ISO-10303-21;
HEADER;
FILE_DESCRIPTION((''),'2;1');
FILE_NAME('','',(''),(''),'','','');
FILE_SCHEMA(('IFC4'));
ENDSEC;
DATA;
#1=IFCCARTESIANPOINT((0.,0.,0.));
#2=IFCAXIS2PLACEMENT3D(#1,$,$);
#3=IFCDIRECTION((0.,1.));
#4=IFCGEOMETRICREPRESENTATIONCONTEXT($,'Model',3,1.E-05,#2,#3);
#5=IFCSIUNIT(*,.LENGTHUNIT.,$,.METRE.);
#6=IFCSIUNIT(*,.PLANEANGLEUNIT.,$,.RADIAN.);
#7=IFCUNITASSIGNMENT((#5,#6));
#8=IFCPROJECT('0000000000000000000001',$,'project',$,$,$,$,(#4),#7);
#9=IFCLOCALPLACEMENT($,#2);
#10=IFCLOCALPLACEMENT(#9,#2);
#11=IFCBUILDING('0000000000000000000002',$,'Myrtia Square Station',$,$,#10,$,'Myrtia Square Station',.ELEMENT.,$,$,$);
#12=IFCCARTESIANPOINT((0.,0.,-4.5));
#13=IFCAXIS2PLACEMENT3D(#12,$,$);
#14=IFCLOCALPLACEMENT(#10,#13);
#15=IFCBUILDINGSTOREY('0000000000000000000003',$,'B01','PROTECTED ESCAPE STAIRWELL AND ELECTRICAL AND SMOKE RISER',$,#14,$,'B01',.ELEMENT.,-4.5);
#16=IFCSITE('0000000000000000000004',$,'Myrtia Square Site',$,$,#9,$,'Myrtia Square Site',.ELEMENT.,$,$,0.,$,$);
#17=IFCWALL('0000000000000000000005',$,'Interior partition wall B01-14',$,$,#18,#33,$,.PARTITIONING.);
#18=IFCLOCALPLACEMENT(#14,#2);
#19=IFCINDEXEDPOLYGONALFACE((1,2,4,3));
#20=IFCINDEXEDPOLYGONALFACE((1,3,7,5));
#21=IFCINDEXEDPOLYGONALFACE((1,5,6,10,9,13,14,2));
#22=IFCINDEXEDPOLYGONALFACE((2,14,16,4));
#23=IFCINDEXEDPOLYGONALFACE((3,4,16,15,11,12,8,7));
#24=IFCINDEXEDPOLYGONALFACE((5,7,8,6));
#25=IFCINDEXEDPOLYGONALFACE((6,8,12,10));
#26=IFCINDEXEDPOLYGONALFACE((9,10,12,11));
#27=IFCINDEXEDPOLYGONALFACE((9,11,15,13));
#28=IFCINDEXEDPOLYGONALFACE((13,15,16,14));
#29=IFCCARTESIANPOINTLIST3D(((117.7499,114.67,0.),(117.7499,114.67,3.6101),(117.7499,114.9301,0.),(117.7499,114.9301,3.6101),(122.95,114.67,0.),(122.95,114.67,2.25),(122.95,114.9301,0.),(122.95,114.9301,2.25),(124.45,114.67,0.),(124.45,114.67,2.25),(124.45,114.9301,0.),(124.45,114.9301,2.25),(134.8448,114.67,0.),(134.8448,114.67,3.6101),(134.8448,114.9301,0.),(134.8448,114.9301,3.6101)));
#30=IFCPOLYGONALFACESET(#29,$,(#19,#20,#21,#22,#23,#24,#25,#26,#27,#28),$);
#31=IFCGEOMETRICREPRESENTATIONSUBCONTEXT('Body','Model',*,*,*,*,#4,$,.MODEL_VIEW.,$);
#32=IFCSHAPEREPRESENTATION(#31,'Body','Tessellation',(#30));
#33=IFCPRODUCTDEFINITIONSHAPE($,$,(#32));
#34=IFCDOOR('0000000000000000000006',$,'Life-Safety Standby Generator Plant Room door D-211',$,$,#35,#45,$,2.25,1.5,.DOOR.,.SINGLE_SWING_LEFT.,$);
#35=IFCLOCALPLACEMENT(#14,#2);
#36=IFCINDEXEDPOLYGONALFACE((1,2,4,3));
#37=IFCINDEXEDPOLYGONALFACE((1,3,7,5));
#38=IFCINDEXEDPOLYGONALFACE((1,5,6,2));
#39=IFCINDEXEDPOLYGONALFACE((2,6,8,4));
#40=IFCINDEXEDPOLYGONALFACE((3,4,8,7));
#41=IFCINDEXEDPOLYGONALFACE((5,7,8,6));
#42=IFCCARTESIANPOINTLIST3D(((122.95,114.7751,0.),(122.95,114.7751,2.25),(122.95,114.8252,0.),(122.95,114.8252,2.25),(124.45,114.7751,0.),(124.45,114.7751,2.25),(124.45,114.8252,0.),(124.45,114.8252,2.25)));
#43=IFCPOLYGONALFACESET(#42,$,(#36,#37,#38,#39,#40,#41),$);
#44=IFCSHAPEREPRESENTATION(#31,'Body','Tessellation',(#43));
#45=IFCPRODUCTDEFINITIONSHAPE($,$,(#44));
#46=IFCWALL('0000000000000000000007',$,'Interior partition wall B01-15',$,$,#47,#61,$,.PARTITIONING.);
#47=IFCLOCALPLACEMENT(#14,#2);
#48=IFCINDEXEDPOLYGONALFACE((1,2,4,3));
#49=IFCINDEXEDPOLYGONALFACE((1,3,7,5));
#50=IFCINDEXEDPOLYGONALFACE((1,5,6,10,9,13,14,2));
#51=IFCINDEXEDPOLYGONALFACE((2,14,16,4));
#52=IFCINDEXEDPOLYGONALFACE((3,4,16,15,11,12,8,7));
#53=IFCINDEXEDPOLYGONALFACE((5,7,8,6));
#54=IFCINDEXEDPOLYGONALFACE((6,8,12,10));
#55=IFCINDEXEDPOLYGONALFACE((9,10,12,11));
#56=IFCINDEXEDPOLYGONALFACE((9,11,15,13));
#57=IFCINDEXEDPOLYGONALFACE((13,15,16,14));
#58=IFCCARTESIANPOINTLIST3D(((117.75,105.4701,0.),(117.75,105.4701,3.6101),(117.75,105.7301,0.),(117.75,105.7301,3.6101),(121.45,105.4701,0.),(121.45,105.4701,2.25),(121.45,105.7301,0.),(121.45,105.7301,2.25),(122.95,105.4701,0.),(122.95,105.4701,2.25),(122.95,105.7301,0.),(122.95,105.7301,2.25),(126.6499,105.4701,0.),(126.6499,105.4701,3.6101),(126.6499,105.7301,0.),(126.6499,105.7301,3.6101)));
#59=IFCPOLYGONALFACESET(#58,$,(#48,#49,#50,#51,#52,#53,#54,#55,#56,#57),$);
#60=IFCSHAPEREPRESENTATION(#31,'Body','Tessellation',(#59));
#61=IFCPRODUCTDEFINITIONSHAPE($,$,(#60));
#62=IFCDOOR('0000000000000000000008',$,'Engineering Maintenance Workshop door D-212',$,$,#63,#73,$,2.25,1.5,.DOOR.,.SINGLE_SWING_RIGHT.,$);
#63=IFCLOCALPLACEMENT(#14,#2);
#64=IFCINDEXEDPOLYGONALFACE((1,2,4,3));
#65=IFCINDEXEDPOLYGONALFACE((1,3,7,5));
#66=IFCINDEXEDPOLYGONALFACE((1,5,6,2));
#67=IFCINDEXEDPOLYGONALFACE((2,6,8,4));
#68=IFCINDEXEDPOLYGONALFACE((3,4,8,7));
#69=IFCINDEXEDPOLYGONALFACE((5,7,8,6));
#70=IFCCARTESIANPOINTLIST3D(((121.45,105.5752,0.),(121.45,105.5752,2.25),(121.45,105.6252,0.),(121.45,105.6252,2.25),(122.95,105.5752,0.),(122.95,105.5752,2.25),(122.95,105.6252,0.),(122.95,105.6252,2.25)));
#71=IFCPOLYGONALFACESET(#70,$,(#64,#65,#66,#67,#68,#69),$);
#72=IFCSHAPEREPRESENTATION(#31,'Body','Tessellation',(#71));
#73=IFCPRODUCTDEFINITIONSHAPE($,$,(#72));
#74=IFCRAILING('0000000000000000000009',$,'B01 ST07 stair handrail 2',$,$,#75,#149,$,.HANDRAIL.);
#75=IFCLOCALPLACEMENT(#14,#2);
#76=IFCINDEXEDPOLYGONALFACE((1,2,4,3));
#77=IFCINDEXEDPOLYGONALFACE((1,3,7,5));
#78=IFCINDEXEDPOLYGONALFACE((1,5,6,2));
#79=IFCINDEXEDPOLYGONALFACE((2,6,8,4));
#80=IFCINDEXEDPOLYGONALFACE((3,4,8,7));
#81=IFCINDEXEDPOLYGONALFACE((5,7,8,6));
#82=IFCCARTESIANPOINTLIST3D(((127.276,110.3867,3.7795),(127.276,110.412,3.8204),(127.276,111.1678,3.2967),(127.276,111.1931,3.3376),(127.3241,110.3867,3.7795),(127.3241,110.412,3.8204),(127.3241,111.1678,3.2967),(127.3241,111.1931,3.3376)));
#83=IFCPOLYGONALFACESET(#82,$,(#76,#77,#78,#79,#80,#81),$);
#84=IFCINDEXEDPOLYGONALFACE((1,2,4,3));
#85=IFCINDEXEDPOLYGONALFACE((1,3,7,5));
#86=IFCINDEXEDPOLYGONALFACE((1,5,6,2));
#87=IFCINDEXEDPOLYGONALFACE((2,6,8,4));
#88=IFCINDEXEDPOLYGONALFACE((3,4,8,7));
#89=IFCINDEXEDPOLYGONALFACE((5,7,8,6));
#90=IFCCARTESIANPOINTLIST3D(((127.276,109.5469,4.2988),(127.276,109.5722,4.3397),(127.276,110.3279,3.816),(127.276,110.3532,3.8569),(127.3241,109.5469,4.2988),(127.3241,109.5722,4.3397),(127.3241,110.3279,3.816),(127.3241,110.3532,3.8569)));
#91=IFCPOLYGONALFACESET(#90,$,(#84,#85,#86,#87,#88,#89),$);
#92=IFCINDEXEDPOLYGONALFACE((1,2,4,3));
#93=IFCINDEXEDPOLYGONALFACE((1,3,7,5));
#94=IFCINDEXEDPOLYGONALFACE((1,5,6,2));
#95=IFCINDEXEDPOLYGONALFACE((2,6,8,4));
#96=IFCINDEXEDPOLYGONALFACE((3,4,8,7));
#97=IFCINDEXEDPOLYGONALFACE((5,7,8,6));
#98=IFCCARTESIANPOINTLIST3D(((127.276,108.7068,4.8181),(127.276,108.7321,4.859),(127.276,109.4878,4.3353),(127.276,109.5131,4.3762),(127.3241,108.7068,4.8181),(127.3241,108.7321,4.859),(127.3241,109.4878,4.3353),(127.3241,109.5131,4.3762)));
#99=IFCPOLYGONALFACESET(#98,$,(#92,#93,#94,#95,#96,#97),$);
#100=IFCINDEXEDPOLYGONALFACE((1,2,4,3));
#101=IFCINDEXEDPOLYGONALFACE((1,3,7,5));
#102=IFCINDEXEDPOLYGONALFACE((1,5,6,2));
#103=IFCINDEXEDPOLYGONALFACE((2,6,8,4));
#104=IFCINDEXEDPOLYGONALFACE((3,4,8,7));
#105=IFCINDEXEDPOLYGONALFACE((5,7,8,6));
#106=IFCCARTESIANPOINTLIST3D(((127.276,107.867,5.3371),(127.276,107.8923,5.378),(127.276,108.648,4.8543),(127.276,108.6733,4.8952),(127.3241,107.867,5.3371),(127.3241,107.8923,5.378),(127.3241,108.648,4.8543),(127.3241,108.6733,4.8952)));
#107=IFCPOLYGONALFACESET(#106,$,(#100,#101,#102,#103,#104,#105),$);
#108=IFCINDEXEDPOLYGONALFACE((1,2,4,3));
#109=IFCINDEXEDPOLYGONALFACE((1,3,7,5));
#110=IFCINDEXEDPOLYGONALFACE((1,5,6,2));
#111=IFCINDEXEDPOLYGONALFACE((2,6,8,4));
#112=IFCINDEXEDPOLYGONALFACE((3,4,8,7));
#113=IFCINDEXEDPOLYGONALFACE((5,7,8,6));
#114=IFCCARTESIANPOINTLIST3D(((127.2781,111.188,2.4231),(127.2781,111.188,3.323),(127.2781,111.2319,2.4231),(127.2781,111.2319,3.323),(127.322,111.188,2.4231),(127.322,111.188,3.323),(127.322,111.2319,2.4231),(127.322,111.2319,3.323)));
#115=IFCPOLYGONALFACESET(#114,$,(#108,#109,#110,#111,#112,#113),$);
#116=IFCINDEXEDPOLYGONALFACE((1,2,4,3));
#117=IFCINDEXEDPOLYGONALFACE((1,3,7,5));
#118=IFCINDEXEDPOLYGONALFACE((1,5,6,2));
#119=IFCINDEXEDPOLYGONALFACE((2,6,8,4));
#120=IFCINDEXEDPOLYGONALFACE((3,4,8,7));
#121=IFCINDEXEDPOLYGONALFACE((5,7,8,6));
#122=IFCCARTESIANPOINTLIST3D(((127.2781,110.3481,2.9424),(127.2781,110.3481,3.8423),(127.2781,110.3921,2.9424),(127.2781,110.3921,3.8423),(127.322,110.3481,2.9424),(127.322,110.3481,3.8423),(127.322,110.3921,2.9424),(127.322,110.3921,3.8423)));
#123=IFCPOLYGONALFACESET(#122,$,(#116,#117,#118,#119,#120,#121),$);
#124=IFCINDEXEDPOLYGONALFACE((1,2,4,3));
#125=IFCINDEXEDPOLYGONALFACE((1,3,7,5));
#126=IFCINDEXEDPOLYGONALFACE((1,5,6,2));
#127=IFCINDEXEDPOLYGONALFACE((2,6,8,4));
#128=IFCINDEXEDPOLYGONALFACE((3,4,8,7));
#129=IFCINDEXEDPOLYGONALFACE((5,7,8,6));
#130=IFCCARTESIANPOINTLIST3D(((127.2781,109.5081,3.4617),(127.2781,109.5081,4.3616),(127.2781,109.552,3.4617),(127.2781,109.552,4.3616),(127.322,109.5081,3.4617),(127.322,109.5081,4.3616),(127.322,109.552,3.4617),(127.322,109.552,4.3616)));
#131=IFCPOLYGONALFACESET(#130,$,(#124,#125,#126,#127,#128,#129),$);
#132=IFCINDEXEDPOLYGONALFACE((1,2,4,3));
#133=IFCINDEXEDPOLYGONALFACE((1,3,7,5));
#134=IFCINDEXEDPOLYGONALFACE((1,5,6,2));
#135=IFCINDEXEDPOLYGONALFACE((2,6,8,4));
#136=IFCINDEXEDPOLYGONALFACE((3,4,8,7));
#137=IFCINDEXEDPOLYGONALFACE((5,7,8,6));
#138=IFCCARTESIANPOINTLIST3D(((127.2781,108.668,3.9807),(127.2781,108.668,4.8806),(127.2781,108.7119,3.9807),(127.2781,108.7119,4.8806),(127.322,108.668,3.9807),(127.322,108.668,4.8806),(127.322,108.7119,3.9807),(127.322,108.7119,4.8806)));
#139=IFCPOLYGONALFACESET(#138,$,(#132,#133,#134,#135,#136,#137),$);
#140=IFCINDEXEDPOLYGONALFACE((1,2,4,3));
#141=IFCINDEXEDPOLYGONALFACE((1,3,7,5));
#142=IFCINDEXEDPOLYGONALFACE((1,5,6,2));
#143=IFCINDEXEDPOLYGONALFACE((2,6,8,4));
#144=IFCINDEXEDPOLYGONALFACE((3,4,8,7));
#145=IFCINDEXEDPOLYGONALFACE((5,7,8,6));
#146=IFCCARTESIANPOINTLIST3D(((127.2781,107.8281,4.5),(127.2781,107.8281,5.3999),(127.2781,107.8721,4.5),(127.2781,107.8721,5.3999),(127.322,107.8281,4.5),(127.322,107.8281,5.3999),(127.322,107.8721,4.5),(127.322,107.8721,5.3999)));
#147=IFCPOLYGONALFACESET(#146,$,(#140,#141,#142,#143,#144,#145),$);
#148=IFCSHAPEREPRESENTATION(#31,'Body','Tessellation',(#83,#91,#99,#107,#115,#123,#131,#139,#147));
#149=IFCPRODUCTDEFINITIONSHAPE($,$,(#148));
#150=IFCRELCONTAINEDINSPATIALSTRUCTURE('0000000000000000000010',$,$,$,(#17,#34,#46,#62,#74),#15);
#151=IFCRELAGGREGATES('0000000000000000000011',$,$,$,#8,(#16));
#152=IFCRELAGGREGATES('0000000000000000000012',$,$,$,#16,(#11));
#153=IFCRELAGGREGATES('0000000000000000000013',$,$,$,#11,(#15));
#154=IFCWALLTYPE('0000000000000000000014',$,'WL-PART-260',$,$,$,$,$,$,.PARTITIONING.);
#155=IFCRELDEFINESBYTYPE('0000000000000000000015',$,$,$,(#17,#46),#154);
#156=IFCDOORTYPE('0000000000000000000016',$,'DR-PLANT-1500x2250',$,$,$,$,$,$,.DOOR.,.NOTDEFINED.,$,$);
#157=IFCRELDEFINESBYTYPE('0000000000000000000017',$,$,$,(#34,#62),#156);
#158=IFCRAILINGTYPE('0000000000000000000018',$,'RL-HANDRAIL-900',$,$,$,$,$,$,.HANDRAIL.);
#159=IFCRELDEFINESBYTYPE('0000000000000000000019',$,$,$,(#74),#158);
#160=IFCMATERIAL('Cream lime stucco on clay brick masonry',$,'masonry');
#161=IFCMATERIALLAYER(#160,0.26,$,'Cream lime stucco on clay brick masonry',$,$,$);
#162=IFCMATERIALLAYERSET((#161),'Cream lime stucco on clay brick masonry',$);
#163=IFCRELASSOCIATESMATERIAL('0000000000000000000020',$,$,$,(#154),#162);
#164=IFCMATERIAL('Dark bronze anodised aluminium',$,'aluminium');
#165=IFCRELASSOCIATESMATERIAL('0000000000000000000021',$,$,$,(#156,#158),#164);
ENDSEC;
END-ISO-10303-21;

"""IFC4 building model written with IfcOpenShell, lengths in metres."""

from ifc_helpers import new_model, si_unit, direction, frame, frame_2d, origin, origin_2d, place, context, subcontext, project, spatial, rectangle, extrude, material, layer, layer_set, type_object, element, fill, save


model = new_model("IFC4")

# Units and contexts
model_context = context("Model", 3, precision=1e-05, world=origin(), true_north=direction((0.0, 1.0)))
body_context = subcontext(model_context, "Body", "Model", "MODEL_VIEW")
ifc_project = project(units=[si_unit("LENGTHUNIT", "METRE"), si_unit("PLANEANGLEUNIT", "RADIAN")], contexts=[model_context])

# Site, building, storey
site_placement = place(None, origin())
site = spatial("IfcSite", under=ifc_project, at=site_placement, Name="Myrtia Square Site", LongName="Myrtia Square Site", CompositionType="ELEMENT", RefElevation=0.0)
building_placement = place(site_placement, origin())
building = spatial("IfcBuilding", under=site, at=building_placement, Name="Myrtia Square Station", LongName="Myrtia Square Station", CompositionType="ELEMENT")
storey_placement = place(building_placement, frame((0.0, 0.0, -4.5)))
storey = spatial("IfcBuildingStorey", under=building, at=storey_placement, Name="B01", Description="PROTECTED ESCAPE STAIRWELL AND ELECTRICAL AND SMOKE RISER", LongName="B01", CompositionType="ELEMENT", Elevation=-4.5)

# Shared definitions
ifc_material_1 = material(Name="Dark bronze anodised aluminium", Category="aluminium")

# Walls, openings, doors
ifc_material_2 = material(Name="Cream lime stucco on clay brick masonry", Category="masonry")
ifc_layer_1 = layer(ifc_material_2, 0.26, Name="Cream lime stucco on clay brick masonry")
ifc_layer_set_1 = layer_set([ifc_layer_1], Name="Cream lime stucco on clay brick masonry")
wall_type_1 = type_object("IfcWallType", Name="WL-PART-260", PredefinedType="PARTITIONING", material=ifc_layer_set_1)
wall_1_placement = place(storey_placement, frame((117.75, 114.8, 0.0), z_axis=(0.0, 0.0, 1.0), x_axis=(1.0, 0.0, 0.0)))
wall_1 = element("IfcWall", 1, at=wall_1_placement, inside=storey, type_object=wall_type_1, Name="Interior partition wall B01-14", PredefinedType="PARTITIONING", context=body_context, shape_type="SweptSolid", body=[
    extrude(rectangle(XDim=17.095, YDim=0.26, at=frame_2d((8.5474, 0.0))), origin(), (0.0, 0.0, 1.0), 3.6101),
])
opening_1_placement = place(wall_1_placement, frame((5.2, 0.0, 0.0)))
opening_1 = element("IfcOpeningElement", 2, at=opening_1_placement, cuts=wall_1, PredefinedType="OPENING", context=body_context, shape_type="SweptSolid", body=[
    extrude(rectangle(XDim=1.5, YDim=2.25, at=frame_2d((0.75, 1.125))), frame((0.0, 0.145, 0.0), z_axis=(0.0, -1.0, 0.0), x_axis=(1.0, 0.0, 0.0)), (0.0, 0.0, 1.0), 0.29),
])
door_type_1 = type_object("IfcDoorType", Name="DR-PLANT-1500x2250", OperationType="NOTDEFINED", PredefinedType="DOOR", material=ifc_material_1)
door_1_placement = place(opening_1_placement, frame((1.5, 0.0, 0.0), z_axis=(0.0, 0.0, 1.0), x_axis=(-1.0, 0.0, 0.0)))
door_1 = element("IfcDoor", 3, at=door_1_placement, inside=storey, type_object=door_type_1, Name="Life-Safety Standby Generator Plant Room door D-211", OperationType="SINGLE_SWING_LEFT", OverallHeight=2.25, OverallWidth=1.5, PredefinedType="DOOR", context=body_context, shape_type="SweptSolid", body=[
    extrude(rectangle(XDim=1.5, YDim=2.25, at=frame_2d((0.75, 1.125))), frame((0.0, 0.0249, 0.0), z_axis=(0.0, -1.0, 0.0), x_axis=(1.0, 0.0, 0.0)), (0.0, 0.0, 1.0), 0.05),
])
fill(opening_1, door_1)
wall_2_placement = place(storey_placement, frame((117.75, 105.6001, 0.0), z_axis=(0.0, 0.0, 1.0), x_axis=(1.0, 0.0, 0.0)))
wall_2 = element("IfcWall", 4, at=wall_2_placement, inside=storey, type_object=wall_type_1, Name="Interior partition wall B01-15", PredefinedType="PARTITIONING", context=body_context, shape_type="SweptSolid", body=[
    extrude(rectangle(XDim=8.8999, YDim=0.26, at=frame_2d((4.45, 0.0))), origin(), (0.0, 0.0, 1.0), 3.6101),
])
opening_2_placement = place(wall_2_placement, frame((3.7, 0.0, 0.0)))
opening_2 = element("IfcOpeningElement", 5, at=opening_2_placement, cuts=wall_2, PredefinedType="OPENING", context=body_context, shape_type="SweptSolid", body=[
    extrude(rectangle(XDim=1.5, YDim=2.25, at=frame_2d((0.75, 1.125))), frame((0.0, 0.145, 0.0), z_axis=(0.0, -1.0, 0.0), x_axis=(1.0, 0.0, 0.0)), (0.0, 0.0, 1.0), 0.29),
])
door_2_placement = place(opening_2_placement, frame((1.5, 0.0, 0.0), z_axis=(0.0, 0.0, 1.0), x_axis=(-1.0, 0.0, 0.0)))
door_2 = element("IfcDoor", 6, at=door_2_placement, inside=storey, type_object=door_type_1, Name="Engineering Maintenance Workshop door D-212", OperationType="SINGLE_SWING_RIGHT", OverallHeight=2.25, OverallWidth=1.5, PredefinedType="DOOR", context=body_context, shape_type="SweptSolid", body=[
    extrude(rectangle(XDim=1.5, YDim=2.25, at=frame_2d((0.75, 1.125))), frame((0.0, 0.0249, 0.0), z_axis=(0.0, -1.0, 0.0), x_axis=(1.0, 0.0, 0.0)), (0.0, 0.0, 1.0), 0.05),
])
fill(opening_2, door_2)

# Railing
railing_type = type_object("IfcRailingType", Name="RL-HANDRAIL-900", PredefinedType="HANDRAIL", material=ifc_material_1)
railing_placement = place(storey_placement, frame((127.3, 111.21, 2.4231)))
element("IfcRailing", 7, at=railing_placement, inside=storey, type_object=railing_type, Name="B01 ST07 stair handrail 2", PredefinedType="HANDRAIL", context=body_context, shape_type="SweptSolid", body=[
    extrude(rectangle(XDim=0.0481, YDim=0.0481, at=origin_2d()), frame((0.0, -0.0295, 0.894), z_axis=(0.0, -0.850606, 0.525803), x_axis=(1.0, 0.0, 0.0)), (0.0, 0.0, 1.0), 0.9182),
    extrude(rectangle(XDim=0.0481, YDim=0.0481, at=origin_2d()), frame((0.0, -0.8694, 1.4133), z_axis=(0.0, -0.850606, 0.525803), x_axis=(1.0, 0.0, 0.0)), (0.0, 0.0, 1.0), 0.9182),
    extrude(rectangle(XDim=0.0481, YDim=0.0481, at=origin_2d()), frame((0.0, -1.7095, 1.9326), z_axis=(0.0, -0.850606, 0.525803), x_axis=(1.0, 0.0, 0.0)), (0.0, 0.0, 1.0), 0.9182),
    extrude(rectangle(XDim=0.0481, YDim=0.0481, at=origin_2d()), frame((0.0, -2.5493, 2.4517), z_axis=(0.0, -0.850606, 0.525803), x_axis=(1.0, 0.0, 0.0)), (0.0, 0.0, 1.0), 0.9182),
    extrude(rectangle(XDim=0.0439, YDim=0.0439, at=origin_2d()), origin(), (0.0, 0.0, 1.0), 0.8999),
    extrude(rectangle(XDim=0.0439, YDim=0.0439, at=origin_2d()), frame((0.0, -0.8398, 0.5193)), (0.0, 0.0, 1.0), 0.8999),
    extrude(rectangle(XDim=0.0439, YDim=0.0439, at=origin_2d()), frame((0.0, -1.6799, 1.0386)), (0.0, 0.0, 1.0), 0.8999),
    extrude(rectangle(XDim=0.0439, YDim=0.0439, at=origin_2d()), frame((0.0, -2.52, 1.5576)), (0.0, 0.0, 1.0), 0.8999),
    extrude(rectangle(XDim=0.0439, YDim=0.0439, at=origin_2d()), frame((0.0, -3.3599, 2.0769)), (0.0, 0.0, 1.0), 0.8999),
])

save(model, "model.ifc")
